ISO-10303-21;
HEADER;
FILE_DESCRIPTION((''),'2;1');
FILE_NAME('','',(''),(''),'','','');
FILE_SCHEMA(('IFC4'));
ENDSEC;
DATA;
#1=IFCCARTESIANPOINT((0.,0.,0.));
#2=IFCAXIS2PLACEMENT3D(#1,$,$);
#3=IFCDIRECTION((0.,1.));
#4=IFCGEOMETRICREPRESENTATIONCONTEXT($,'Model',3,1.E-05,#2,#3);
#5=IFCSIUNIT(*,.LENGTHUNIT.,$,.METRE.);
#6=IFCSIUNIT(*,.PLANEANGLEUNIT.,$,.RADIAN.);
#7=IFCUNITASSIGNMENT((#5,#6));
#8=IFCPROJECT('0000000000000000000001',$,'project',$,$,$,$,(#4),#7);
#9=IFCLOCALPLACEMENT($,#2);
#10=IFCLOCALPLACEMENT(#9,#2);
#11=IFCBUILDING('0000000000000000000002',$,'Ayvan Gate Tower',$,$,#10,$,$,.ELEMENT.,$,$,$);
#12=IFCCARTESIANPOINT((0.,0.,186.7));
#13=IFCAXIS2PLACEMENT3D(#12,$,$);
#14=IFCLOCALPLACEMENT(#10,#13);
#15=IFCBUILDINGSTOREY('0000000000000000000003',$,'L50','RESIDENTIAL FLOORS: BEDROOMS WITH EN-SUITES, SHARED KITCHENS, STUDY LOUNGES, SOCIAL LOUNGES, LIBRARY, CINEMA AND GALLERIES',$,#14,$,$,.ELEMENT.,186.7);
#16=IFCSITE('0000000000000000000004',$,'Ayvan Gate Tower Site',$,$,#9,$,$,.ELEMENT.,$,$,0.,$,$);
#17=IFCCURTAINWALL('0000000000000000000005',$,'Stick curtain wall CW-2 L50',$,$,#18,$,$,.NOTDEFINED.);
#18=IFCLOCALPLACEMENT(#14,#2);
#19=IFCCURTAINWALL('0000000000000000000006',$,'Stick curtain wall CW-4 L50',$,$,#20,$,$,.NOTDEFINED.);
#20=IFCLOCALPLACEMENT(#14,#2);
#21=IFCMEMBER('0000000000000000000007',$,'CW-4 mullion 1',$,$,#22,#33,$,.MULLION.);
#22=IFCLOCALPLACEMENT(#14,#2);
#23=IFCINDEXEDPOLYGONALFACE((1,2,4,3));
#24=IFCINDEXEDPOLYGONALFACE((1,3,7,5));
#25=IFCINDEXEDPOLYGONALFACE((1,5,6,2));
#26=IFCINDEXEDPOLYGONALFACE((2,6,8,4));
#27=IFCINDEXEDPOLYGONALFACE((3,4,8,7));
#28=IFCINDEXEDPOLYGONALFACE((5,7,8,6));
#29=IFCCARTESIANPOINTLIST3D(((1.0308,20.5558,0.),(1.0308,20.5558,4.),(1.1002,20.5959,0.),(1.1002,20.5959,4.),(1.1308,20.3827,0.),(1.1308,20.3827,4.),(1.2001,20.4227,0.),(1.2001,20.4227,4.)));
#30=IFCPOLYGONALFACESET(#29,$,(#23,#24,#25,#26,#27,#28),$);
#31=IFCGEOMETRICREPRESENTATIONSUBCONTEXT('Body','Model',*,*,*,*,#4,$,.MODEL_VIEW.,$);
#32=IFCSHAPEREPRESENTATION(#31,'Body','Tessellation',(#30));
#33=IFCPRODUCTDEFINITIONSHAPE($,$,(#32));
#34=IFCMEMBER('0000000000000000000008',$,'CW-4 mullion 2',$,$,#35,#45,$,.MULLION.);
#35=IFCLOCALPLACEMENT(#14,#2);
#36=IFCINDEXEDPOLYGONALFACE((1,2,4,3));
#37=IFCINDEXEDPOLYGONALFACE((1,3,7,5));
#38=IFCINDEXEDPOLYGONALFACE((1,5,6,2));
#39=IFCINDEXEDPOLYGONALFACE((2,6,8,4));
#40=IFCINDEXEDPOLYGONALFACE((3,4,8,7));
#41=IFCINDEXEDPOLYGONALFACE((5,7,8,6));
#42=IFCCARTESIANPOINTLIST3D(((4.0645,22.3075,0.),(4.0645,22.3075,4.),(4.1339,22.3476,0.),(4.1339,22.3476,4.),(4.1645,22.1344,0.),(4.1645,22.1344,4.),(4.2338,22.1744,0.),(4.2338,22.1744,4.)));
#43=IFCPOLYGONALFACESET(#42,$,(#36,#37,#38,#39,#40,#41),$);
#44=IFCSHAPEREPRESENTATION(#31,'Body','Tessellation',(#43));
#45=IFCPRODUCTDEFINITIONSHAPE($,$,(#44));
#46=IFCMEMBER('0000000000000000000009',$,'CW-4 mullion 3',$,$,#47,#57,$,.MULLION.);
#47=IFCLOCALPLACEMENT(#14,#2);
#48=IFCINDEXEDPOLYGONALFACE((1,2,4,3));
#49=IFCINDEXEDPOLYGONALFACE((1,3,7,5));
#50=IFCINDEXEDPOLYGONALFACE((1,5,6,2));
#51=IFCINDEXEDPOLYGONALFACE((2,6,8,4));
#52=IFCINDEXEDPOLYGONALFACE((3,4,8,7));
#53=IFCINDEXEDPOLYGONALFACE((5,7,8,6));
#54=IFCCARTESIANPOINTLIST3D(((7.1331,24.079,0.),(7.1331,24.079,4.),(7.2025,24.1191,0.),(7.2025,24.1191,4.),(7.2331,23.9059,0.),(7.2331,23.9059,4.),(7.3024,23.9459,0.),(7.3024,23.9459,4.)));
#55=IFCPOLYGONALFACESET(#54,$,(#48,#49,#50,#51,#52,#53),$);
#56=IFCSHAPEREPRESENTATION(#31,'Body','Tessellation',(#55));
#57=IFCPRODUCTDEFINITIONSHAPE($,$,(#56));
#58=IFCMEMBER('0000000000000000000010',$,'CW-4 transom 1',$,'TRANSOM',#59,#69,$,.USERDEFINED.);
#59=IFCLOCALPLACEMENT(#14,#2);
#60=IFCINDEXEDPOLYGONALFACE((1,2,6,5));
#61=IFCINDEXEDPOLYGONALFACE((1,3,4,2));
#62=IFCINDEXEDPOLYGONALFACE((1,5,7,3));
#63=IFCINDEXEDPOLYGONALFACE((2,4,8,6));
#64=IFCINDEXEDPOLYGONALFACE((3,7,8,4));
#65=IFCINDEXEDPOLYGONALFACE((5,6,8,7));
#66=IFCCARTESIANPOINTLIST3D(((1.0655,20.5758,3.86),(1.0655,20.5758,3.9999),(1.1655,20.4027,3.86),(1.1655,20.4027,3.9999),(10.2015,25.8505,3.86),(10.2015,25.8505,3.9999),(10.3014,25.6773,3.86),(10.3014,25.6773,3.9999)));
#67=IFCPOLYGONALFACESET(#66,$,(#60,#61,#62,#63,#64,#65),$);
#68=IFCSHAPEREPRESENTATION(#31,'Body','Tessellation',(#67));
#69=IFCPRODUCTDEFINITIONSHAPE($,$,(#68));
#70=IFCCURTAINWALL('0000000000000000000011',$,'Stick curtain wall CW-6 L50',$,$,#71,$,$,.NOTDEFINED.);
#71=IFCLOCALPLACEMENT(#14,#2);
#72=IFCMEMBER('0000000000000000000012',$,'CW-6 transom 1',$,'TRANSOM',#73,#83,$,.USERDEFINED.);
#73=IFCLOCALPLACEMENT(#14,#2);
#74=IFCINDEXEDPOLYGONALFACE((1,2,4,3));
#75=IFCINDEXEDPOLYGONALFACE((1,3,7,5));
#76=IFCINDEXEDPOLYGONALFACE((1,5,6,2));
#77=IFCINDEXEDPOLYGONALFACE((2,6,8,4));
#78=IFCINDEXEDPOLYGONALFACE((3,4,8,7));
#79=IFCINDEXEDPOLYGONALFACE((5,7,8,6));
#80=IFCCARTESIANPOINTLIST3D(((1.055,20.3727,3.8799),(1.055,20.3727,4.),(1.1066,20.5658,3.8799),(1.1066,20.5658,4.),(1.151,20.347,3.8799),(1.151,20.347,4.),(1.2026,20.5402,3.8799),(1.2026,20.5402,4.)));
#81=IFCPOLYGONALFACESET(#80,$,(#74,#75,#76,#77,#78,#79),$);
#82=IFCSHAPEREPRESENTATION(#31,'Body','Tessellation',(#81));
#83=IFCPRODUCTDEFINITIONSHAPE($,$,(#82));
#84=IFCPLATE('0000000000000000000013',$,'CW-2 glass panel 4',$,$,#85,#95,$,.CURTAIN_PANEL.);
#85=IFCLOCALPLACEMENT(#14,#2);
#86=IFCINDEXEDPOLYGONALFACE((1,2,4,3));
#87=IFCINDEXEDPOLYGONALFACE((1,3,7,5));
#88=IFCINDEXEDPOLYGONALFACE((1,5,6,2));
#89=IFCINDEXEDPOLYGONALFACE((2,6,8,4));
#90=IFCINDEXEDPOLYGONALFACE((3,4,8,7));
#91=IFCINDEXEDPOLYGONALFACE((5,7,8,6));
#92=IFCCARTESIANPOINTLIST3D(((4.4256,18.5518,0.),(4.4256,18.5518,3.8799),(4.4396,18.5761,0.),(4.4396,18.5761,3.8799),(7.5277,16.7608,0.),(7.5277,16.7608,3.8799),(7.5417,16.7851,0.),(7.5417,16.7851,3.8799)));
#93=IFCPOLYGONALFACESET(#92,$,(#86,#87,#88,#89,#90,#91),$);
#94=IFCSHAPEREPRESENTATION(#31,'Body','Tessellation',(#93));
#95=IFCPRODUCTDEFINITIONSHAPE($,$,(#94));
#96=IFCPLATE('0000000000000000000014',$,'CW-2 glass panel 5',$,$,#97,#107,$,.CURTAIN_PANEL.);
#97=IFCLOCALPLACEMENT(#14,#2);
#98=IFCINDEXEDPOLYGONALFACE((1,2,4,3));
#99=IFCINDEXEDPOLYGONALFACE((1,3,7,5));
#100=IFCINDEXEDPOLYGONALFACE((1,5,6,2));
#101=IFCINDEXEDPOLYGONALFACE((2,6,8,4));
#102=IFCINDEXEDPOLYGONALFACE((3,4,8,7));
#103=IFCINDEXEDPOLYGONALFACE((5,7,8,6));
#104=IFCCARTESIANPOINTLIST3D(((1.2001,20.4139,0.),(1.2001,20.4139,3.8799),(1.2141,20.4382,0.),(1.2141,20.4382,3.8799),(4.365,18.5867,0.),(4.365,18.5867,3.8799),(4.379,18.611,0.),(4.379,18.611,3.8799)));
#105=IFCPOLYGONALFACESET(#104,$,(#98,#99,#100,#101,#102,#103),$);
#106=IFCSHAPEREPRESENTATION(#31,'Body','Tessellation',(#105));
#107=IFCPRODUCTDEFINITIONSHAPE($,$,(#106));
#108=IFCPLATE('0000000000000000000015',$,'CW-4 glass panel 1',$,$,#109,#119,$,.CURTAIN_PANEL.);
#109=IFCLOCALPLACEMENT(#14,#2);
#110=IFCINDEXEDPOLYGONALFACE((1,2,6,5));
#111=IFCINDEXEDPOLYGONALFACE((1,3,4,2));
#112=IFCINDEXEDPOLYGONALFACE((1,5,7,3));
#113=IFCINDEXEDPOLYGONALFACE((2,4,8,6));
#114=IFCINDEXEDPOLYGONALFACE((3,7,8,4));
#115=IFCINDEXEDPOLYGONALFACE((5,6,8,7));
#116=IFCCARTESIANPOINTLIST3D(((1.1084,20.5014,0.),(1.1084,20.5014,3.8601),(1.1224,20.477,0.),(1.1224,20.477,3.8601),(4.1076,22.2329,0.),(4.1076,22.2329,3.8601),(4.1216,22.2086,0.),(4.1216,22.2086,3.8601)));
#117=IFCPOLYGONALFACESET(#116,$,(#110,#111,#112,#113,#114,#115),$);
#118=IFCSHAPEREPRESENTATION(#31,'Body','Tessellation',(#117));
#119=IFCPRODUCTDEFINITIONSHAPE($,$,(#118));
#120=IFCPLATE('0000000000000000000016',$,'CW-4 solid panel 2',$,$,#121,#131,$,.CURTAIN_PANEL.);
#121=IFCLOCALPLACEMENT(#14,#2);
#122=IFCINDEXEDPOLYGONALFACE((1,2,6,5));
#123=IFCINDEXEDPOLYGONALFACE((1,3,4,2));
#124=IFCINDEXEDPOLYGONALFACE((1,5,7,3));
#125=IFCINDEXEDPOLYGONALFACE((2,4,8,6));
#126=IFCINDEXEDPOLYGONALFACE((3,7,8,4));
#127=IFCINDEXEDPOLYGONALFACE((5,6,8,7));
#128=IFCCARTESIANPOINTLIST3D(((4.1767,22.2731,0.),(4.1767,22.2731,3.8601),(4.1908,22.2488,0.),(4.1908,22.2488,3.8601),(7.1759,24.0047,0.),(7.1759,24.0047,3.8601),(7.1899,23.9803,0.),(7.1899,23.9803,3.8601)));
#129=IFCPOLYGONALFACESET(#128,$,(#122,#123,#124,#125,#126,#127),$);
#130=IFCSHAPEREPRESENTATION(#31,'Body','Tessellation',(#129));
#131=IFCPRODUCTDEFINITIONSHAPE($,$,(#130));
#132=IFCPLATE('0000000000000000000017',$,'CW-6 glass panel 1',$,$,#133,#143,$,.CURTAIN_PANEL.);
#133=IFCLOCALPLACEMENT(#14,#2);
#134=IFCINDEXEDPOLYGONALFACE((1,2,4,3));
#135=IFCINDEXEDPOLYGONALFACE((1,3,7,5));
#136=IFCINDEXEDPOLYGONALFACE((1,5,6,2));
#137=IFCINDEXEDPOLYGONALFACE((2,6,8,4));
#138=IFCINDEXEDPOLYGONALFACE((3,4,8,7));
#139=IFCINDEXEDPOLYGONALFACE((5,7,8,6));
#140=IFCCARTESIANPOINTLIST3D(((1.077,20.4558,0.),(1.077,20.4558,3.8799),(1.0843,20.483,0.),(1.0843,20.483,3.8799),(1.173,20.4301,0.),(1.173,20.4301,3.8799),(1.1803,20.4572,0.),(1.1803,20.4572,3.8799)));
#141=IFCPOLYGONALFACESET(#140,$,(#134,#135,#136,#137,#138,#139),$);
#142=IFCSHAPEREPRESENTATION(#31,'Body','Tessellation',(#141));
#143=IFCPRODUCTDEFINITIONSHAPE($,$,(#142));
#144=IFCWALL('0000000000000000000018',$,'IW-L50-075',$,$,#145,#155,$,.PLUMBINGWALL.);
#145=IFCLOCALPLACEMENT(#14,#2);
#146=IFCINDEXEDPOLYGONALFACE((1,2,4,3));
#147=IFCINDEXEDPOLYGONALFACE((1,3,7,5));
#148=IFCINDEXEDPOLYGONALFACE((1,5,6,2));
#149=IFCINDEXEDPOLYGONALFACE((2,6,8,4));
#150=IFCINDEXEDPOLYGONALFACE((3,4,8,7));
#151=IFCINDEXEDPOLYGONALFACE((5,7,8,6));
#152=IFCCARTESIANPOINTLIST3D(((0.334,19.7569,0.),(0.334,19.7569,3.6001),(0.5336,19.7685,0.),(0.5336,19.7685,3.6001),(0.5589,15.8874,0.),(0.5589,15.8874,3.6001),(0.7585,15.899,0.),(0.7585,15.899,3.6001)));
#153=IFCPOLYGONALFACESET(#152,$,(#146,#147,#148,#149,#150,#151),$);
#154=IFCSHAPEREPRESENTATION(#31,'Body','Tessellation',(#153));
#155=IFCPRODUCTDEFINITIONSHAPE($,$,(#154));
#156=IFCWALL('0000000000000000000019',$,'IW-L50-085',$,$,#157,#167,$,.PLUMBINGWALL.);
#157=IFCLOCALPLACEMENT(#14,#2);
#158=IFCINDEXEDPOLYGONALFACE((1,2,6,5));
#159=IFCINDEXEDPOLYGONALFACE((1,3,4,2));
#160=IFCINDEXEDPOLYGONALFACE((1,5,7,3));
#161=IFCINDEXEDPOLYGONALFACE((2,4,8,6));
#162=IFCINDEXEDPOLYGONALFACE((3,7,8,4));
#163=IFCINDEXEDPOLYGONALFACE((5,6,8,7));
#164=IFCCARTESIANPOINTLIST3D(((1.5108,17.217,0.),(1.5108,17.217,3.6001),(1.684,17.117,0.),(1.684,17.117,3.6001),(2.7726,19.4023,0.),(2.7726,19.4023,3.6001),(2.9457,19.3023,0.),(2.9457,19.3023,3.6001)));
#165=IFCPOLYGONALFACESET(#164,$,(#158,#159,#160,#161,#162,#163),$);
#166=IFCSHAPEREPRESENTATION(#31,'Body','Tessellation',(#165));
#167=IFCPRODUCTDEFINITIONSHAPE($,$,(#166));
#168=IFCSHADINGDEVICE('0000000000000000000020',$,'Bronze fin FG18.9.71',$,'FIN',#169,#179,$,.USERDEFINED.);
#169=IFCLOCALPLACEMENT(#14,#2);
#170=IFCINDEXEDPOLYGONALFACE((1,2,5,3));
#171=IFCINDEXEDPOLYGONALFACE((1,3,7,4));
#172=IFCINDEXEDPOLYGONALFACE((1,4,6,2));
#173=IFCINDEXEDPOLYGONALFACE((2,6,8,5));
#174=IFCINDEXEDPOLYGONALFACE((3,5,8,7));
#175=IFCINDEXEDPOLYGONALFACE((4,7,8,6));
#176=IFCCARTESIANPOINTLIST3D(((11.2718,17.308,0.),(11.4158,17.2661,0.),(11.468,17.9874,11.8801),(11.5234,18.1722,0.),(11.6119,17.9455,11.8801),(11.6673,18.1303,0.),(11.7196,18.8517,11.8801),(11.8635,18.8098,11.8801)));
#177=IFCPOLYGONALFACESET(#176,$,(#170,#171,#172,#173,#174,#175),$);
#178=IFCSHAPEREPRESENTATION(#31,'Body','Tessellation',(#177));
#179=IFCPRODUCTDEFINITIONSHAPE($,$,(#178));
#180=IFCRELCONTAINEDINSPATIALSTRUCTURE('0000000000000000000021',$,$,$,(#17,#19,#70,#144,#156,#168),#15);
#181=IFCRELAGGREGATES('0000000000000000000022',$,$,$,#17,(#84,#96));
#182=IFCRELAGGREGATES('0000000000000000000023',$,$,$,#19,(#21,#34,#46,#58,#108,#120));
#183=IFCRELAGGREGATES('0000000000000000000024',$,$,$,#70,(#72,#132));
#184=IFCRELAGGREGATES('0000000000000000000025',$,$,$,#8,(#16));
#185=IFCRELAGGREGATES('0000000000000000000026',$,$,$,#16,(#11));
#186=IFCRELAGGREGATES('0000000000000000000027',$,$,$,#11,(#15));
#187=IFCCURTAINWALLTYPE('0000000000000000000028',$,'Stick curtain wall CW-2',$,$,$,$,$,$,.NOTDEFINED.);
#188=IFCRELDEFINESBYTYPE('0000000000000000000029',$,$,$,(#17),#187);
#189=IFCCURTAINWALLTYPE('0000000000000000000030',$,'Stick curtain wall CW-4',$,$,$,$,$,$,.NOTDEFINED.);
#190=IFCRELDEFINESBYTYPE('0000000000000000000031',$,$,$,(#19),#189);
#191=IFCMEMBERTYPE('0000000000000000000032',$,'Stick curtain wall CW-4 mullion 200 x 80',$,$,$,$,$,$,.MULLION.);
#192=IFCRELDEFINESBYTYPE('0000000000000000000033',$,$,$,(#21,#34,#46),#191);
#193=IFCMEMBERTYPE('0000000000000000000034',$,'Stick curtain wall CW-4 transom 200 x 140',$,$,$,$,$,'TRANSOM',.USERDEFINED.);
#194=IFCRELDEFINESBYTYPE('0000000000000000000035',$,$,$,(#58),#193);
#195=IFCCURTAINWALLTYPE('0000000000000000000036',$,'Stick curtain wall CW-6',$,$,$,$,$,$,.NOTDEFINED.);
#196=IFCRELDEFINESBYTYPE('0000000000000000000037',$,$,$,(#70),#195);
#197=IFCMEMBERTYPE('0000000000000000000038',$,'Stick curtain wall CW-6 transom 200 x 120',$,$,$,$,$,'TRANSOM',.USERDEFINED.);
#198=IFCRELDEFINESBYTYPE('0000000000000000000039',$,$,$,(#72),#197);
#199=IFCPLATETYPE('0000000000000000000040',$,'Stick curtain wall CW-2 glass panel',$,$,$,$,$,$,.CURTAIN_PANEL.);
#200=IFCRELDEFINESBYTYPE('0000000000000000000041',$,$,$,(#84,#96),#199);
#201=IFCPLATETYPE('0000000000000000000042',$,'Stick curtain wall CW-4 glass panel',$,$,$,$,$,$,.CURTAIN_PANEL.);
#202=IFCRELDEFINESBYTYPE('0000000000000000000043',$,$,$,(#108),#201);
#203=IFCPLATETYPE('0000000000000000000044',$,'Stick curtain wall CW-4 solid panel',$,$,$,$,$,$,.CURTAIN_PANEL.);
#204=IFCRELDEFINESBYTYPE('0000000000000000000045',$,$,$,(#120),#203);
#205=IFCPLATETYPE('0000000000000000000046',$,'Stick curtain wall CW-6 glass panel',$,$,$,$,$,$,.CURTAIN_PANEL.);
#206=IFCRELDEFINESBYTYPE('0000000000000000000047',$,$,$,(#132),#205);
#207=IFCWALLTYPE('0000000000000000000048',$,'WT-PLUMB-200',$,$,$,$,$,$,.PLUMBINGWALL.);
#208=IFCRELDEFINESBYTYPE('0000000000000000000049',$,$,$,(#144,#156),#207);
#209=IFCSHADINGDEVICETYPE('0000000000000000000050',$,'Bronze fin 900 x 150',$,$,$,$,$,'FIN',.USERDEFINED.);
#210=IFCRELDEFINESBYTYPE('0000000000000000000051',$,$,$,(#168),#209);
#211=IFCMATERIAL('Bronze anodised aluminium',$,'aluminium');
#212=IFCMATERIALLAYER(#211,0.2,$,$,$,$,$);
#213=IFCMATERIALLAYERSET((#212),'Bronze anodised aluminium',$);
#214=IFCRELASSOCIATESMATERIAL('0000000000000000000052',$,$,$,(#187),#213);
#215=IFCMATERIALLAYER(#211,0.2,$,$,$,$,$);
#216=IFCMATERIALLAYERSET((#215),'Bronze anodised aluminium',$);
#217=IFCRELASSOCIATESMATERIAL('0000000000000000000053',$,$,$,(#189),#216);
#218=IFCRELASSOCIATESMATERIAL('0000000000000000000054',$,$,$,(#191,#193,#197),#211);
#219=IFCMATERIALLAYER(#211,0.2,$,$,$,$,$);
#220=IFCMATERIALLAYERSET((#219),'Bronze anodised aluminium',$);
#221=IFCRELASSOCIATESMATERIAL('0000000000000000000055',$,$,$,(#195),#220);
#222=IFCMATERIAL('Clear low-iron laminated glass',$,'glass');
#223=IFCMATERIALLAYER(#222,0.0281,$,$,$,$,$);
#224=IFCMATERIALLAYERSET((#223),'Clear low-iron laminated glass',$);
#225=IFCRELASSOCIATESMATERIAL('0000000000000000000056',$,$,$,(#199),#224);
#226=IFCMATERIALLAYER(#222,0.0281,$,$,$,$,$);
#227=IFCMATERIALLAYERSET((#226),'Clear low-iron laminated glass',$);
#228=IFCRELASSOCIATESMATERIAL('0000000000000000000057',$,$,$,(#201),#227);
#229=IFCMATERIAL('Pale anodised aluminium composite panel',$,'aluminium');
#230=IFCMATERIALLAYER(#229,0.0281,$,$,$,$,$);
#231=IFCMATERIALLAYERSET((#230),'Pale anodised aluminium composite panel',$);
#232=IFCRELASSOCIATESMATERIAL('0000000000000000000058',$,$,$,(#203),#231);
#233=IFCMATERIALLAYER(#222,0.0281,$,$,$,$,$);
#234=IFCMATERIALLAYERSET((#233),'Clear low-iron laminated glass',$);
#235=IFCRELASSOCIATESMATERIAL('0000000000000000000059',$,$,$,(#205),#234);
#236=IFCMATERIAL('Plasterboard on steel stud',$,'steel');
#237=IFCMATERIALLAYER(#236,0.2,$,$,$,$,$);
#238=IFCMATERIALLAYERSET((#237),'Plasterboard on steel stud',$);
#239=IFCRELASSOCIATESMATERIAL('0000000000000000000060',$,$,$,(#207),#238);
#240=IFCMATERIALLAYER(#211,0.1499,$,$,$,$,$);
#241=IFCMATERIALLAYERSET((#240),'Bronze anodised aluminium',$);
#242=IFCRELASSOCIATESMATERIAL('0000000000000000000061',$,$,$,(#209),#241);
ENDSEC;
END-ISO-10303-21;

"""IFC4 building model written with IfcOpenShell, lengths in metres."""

from ifc_helpers import new_model, si_unit, direction, frame, frame_2d, origin, origin_2d, place, context, subcontext, project, spatial, polyline, rectangle, outline, extrude, material, layer, layer_set, material_profile, profile_set, type_object, element, aggregate, save


model = new_model("IFC4")

# Units and contexts
model_context = context("Model", 3, precision=1e-05, world=origin(), true_north=direction((0.0, 1.0)))
body_context = subcontext(model_context, "Body", "Model", "MODEL_VIEW")
ifc_project = project(units=[si_unit("LENGTHUNIT", "METRE"), si_unit("PLANEANGLEUNIT", "RADIAN")], contexts=[model_context])

# Site, building, storey
site_placement = place(None, origin())
site = spatial("IfcSite", under=ifc_project, at=site_placement, Name="Ayvan Gate Tower Site", CompositionType="ELEMENT", RefElevation=0.0)
building_placement = place(site_placement, origin())
building = spatial("IfcBuilding", under=site, at=building_placement, Name="Ayvan Gate Tower", CompositionType="ELEMENT")
storey_placement = place(building_placement, frame((0.0, 0.0, 186.7)))
storey = spatial("IfcBuildingStorey", under=building, at=storey_placement, Name="L50", Description="RESIDENTIAL FLOORS: BEDROOMS WITH EN-SUITES, SHARED KITCHENS, STUDY LOUNGES, SOCIAL LOUNGES, LIBRARY, CINEMA AND GALLERIES", CompositionType="ELEMENT", Elevation=186.7)

# Curtain walls, members
ifc_material_1 = material(Name="Bronze anodised aluminium", Category="aluminium")
ifc_layer_1 = layer(ifc_material_1, 0.2)
ifc_layer_set_1 = layer_set([ifc_layer_1], Name="Bronze anodised aluminium")
curtain_wall_type_1 = type_object("IfcCurtainWallType", Name="Stick curtain wall CW-2", PredefinedType="NOTDEFINED", material=ifc_layer_set_1)
curtain_wall_1_placement = place(storey_placement, origin())
curtain_wall_1 = element("IfcCurtainWall", 1, at=curtain_wall_1_placement, inside=storey, type_object=curtain_wall_type_1, Name="Stick curtain wall CW-2 L50", PredefinedType="NOTDEFINED")
ifc_layer_2 = layer(ifc_material_1, 0.2)
ifc_layer_set_2 = layer_set([ifc_layer_2], Name="Bronze anodised aluminium")
curtain_wall_type_2 = type_object("IfcCurtainWallType", Name="Stick curtain wall CW-4", PredefinedType="NOTDEFINED", material=ifc_layer_set_2)
curtain_wall_2_placement = place(storey_placement, origin())
curtain_wall_2 = element("IfcCurtainWall", 2, at=curtain_wall_2_placement, inside=storey, type_object=curtain_wall_type_2, Name="Stick curtain wall CW-4 L50", PredefinedType="NOTDEFINED")
ifc_material_profile_1 = material_profile(ifc_material_1, rectangle(XDim=0.2, YDim=0.0801, at=origin_2d()), Name="Stick curtain wall CW-4 mullion 200 x 80")
ifc_profile_set_1 = profile_set([ifc_material_profile_1], Name="Bronze anodised aluminium")
member_type_1 = type_object("IfcMemberType", Name="Stick curtain wall CW-4 mullion 200 x 80", PredefinedType="MULLION", material=ifc_profile_set_1)
member_1_placement = place(storey_placement, frame((1.1155, 20.4893, 0.0), z_axis=(0.0, 0.0, 1.0), x_axis=(0.5, -0.866025, 0.0)))
member_1 = element("IfcMember", 3, at=member_1_placement, type_object=member_type_1, Name="CW-4 mullion 1", PredefinedType="MULLION", context=body_context, shape_type="SweptSolid", body=[
    extrude(rectangle(XDim=0.2, YDim=0.0801, at=origin_2d()), origin(), (0.0, 0.0, 1.0), 4.0),
])
member_2_placement = place(storey_placement, frame((4.1492, 22.241, 0.0), z_axis=(0.0, 0.0, 1.0), x_axis=(0.5, -0.866025, 0.0)))
member_2 = element("IfcMember", 4, at=member_2_placement, type_object=member_type_1, Name="CW-4 mullion 2", PredefinedType="MULLION", context=body_context, shape_type="SweptSolid", body=[
    extrude(rectangle(XDim=0.2, YDim=0.0801, at=origin_2d()), origin(), (0.0, 0.0, 1.0), 4.0),
])
member_3_placement = place(storey_placement, frame((7.2178, 24.0125, 0.0), z_axis=(0.0, 0.0, 1.0), x_axis=(0.5, -0.866025, 0.0)))
member_3 = element("IfcMember", 5, at=member_3_placement, type_object=member_type_1, Name="CW-4 mullion 3", PredefinedType="MULLION", context=body_context, shape_type="SweptSolid", body=[
    extrude(rectangle(XDim=0.2, YDim=0.0801, at=origin_2d()), origin(), (0.0, 0.0, 1.0), 4.0),
])
ifc_material_profile_2 = material_profile(ifc_material_1, rectangle(XDim=0.2, YDim=0.1399, at=origin_2d()), Name="Stick curtain wall CW-4 transom 200 x 140")
ifc_profile_set_2 = profile_set([ifc_material_profile_2], Name="Bronze anodised aluminium")
member_type_2 = type_object("IfcMemberType", Name="Stick curtain wall CW-4 transom 200 x 140", ElementType="TRANSOM", PredefinedType="USERDEFINED", material=ifc_profile_set_2)
member_4_placement = place(storey_placement, frame((1.1155, 20.4893, 3.9299), z_axis=(0.866026, 0.5, 0.0), x_axis=(-0.5, 0.866026, 0.0)))
member_4 = element("IfcMember", 6, at=member_4_placement, type_object=member_type_2, Name="CW-4 transom 1", ObjectType="TRANSOM", PredefinedType="USERDEFINED", context=body_context, shape_type="SweptSolid", body=[
    extrude(rectangle(XDim=0.2, YDim=0.1399, at=origin_2d()), origin(), (0.0, 0.0, 1.0), 10.5493),
])

# Curtain wall, member
ifc_layer_3 = layer(ifc_material_1, 0.2)
ifc_layer_set_3 = layer_set([ifc_layer_3], Name="Bronze anodised aluminium")
curtain_wall_type_3 = type_object("IfcCurtainWallType", Name="Stick curtain wall CW-6", PredefinedType="NOTDEFINED", material=ifc_layer_set_3)
curtain_wall_3_placement = place(storey_placement, origin())
curtain_wall_3 = element("IfcCurtainWall", 7, at=curtain_wall_3_placement, inside=storey, type_object=curtain_wall_type_3, Name="Stick curtain wall CW-6 L50", PredefinedType="NOTDEFINED")
ifc_material_profile_3 = material_profile(ifc_material_1, rectangle(XDim=0.2, YDim=0.1201, at=origin_2d()), Name="Stick curtain wall CW-6 transom 200 x 120")
ifc_profile_set_3 = profile_set([ifc_material_profile_3], Name="Bronze anodised aluminium")
member_type_3 = type_object("IfcMemberType", Name="Stick curtain wall CW-6 transom 200 x 120", ElementType="TRANSOM", PredefinedType="USERDEFINED", material=ifc_profile_set_3)
member_5_placement = place(storey_placement, frame((1.1768, 20.4436, 3.9399), z_axis=(-0.966112, 0.258122, 0.0), x_axis=(-0.258122, -0.966112, 0.0)))
member_5 = element("IfcMember", 8, at=member_5_placement, type_object=member_type_3, Name="CW-6 transom 1", ObjectType="TRANSOM", PredefinedType="USERDEFINED", context=body_context, shape_type="SweptSolid", body=[
    extrude(rectangle(XDim=0.2, YDim=0.1201, at=origin_2d()), origin(), (0.0, 0.0, 1.0), 0.0994),
])

# Plates
ifc_material_2 = material(Name="Clear low-iron laminated glass", Category="glass")
ifc_layer_4 = layer(ifc_material_2, 0.0281)
ifc_layer_set_4 = layer_set([ifc_layer_4], Name="Clear low-iron laminated glass")
plate_type_1 = type_object("IfcPlateType", Name="Stick curtain wall CW-2 glass panel", PredefinedType="CURTAIN_PANEL", material=ifc_layer_set_4)
plate_1_placement = place(storey_placement, frame((5.9836, 17.6685, 0.0), z_axis=(0.0, 0.0, 1.0), x_axis=(-0.866025, 0.5, 0.0)))
plate_1 = element("IfcPlate", 9, at=plate_1_placement, type_object=plate_type_1, Name="CW-2 glass panel 4", PredefinedType="CURTAIN_PANEL", context=body_context, shape_type="SweptSolid", body=[
    extrude(rectangle(XDim=3.582, YDim=0.0281, at=origin_2d()), origin(), (0.0, 0.0, 1.0), 3.8799),
])
plate_2_placement = place(storey_placement, frame((2.7896, 19.5125, 0.0), z_axis=(0.0, 0.0, 1.0), x_axis=(-0.866025, 0.5, 0.0)))
plate_2 = element("IfcPlate", 10, at=plate_2_placement, type_object=plate_type_1, Name="CW-2 glass panel 5", PredefinedType="CURTAIN_PANEL", context=body_context, shape_type="SweptSolid", body=[
    extrude(rectangle(XDim=3.6545, YDim=0.0281, at=origin_2d()), origin(), (0.0, 0.0, 1.0), 3.8799),
])
aggregate(curtain_wall_1, [plate_1, plate_2])
ifc_layer_5 = layer(ifc_material_2, 0.0281)
ifc_layer_set_5 = layer_set([ifc_layer_5], Name="Clear low-iron laminated glass")
plate_type_2 = type_object("IfcPlateType", Name="Stick curtain wall CW-4 glass panel", PredefinedType="CURTAIN_PANEL", material=ifc_layer_set_5)
plate_3_placement = place(storey_placement, frame((2.615, 21.355, 0.0), z_axis=(0.0, 0.0, 1.0), x_axis=(0.866025, 0.5, 0.0)))
plate_3 = element("IfcPlate", 11, at=plate_3_placement, type_object=plate_type_2, Name="CW-4 glass panel 1", PredefinedType="CURTAIN_PANEL", context=body_context, shape_type="SweptSolid", body=[
    extrude(rectangle(XDim=3.4631, YDim=0.0281, at=origin_2d()), origin(), (0.0, 0.0, 1.0), 3.8601),
])
ifc_material_3 = material(Name="Pale anodised aluminium composite panel", Category="aluminium")
ifc_layer_6 = layer(ifc_material_3, 0.0281)
ifc_layer_set_6 = layer_set([ifc_layer_6], Name="Pale anodised aluminium composite panel")
plate_type_3 = type_object("IfcPlateType", Name="Stick curtain wall CW-4 solid panel", PredefinedType="CURTAIN_PANEL", material=ifc_layer_set_6)
plate_4_placement = place(storey_placement, frame((5.6833, 23.1267, 0.0), z_axis=(0.0, 0.0, 1.0), x_axis=(0.866025, 0.5, 0.0)))
plate_4 = element("IfcPlate", 12, at=plate_4_placement, type_object=plate_type_3, Name="CW-4 solid panel 2", PredefinedType="CURTAIN_PANEL", context=body_context, shape_type="SweptSolid", body=[
    extrude(rectangle(XDim=3.4631, YDim=0.0281, at=origin_2d()), origin(), (0.0, 0.0, 1.0), 3.8601),
])
aggregate(curtain_wall_2, [member_1, member_2, member_3, member_4, plate_3, plate_4])
ifc_layer_7 = layer(ifc_material_2, 0.0281)
ifc_layer_set_7 = layer_set([ifc_layer_7], Name="Clear low-iron laminated glass")
plate_type_4 = type_object("IfcPlateType", Name="Stick curtain wall CW-6 glass panel", PredefinedType="CURTAIN_PANEL", material=ifc_layer_set_7)
plate_5_placement = place(storey_placement, frame((1.1287, 20.4565, 0.0), z_axis=(0.0, 0.0, 1.0), x_axis=(-0.965926, 0.258819, 0.0)))
plate_5 = element("IfcPlate", 13, at=plate_5_placement, type_object=plate_type_4, Name="CW-6 glass panel 1", PredefinedType="CURTAIN_PANEL", context=body_context, shape_type="SweptSolid", body=[
    extrude(rectangle(XDim=0.0994, YDim=0.0281, at=origin_2d()), origin(), (0.0, 0.0, 1.0), 3.8799),
])
aggregate(curtain_wall_3, [member_5, plate_5])

# Walls
ifc_material_4 = material(Name="Plasterboard on steel stud", Category="steel")
ifc_layer_8 = layer(ifc_material_4, 0.2)
ifc_layer_set_8 = layer_set([ifc_layer_8], Name="Plasterboard on steel stud")
wall_type = type_object("IfcWallType", Name="WT-PLUMB-200", PredefinedType="PLUMBINGWALL", material=ifc_layer_set_8)
wall_1_placement = place(storey_placement, frame((0.4338, 19.7627, 0.0), z_axis=(0.0, 0.0, 1.0), x_axis=(0.058013, -0.998316, 0.0)))
element("IfcWall", 14, at=wall_1_placement, inside=storey, type_object=wall_type, Name="IW-L50-075", PredefinedType="PLUMBINGWALL", context=body_context, shape_type="SweptSolid", body=[
    extrude(rectangle(XDim=3.876, YDim=0.2, at=frame_2d((1.938, 0.0))), origin(), (0.0, 0.0, 1.0), 3.6001),
])
wall_2_placement = place(storey_placement, frame((1.5974, 17.167, 0.0), z_axis=(0.0, 0.0, 1.0), x_axis=(0.50001, 0.86602, 0.0)))
element("IfcWall", 15, at=wall_2_placement, inside=storey, type_object=wall_type, Name="IW-L50-085", PredefinedType="PLUMBINGWALL", context=body_context, shape_type="SweptSolid", body=[
    extrude(rectangle(XDim=2.5234, YDim=0.2, at=frame_2d((1.2617, 0.0))), origin(), (0.0, 0.0, 1.0), 3.6001),
])

# Shading device
ifc_layer_9 = layer(ifc_material_1, 0.1499)
ifc_layer_set_9 = layer_set([ifc_layer_9], Name="Bronze anodised aluminium")
shading_device_type = type_object("IfcShadingDeviceType", Name="Bronze fin 900 x 150", ElementType="FIN", PredefinedType="USERDEFINED", material=ifc_layer_set_9)
shading_device_1_placement = place(storey_placement, frame((11.4158, 17.2661, 0.0), z_axis=(0.960146, -0.2795, 0.000131), x_axis=(0.2795, 0.960146, 0.0)))
element("IfcShadingDevice", 16, at=shading_device_1_placement, inside=storey, type_object=shading_device_type, Name="Bronze fin FG18.9.71", ObjectType="FIN", PredefinedType="USERDEFINED", context=body_context, shape_type="SweptSolid", body=[
    extrude(outline(polyline([(0.0, 0.0), (0.9001, 0.0), (1.6073, 11.8801), (0.7072, 11.8801), (0.0, 0.0)])), origin(), (0.0, 0.0, -1.0), 0.1499),
])

save(model, "model.ifc")
